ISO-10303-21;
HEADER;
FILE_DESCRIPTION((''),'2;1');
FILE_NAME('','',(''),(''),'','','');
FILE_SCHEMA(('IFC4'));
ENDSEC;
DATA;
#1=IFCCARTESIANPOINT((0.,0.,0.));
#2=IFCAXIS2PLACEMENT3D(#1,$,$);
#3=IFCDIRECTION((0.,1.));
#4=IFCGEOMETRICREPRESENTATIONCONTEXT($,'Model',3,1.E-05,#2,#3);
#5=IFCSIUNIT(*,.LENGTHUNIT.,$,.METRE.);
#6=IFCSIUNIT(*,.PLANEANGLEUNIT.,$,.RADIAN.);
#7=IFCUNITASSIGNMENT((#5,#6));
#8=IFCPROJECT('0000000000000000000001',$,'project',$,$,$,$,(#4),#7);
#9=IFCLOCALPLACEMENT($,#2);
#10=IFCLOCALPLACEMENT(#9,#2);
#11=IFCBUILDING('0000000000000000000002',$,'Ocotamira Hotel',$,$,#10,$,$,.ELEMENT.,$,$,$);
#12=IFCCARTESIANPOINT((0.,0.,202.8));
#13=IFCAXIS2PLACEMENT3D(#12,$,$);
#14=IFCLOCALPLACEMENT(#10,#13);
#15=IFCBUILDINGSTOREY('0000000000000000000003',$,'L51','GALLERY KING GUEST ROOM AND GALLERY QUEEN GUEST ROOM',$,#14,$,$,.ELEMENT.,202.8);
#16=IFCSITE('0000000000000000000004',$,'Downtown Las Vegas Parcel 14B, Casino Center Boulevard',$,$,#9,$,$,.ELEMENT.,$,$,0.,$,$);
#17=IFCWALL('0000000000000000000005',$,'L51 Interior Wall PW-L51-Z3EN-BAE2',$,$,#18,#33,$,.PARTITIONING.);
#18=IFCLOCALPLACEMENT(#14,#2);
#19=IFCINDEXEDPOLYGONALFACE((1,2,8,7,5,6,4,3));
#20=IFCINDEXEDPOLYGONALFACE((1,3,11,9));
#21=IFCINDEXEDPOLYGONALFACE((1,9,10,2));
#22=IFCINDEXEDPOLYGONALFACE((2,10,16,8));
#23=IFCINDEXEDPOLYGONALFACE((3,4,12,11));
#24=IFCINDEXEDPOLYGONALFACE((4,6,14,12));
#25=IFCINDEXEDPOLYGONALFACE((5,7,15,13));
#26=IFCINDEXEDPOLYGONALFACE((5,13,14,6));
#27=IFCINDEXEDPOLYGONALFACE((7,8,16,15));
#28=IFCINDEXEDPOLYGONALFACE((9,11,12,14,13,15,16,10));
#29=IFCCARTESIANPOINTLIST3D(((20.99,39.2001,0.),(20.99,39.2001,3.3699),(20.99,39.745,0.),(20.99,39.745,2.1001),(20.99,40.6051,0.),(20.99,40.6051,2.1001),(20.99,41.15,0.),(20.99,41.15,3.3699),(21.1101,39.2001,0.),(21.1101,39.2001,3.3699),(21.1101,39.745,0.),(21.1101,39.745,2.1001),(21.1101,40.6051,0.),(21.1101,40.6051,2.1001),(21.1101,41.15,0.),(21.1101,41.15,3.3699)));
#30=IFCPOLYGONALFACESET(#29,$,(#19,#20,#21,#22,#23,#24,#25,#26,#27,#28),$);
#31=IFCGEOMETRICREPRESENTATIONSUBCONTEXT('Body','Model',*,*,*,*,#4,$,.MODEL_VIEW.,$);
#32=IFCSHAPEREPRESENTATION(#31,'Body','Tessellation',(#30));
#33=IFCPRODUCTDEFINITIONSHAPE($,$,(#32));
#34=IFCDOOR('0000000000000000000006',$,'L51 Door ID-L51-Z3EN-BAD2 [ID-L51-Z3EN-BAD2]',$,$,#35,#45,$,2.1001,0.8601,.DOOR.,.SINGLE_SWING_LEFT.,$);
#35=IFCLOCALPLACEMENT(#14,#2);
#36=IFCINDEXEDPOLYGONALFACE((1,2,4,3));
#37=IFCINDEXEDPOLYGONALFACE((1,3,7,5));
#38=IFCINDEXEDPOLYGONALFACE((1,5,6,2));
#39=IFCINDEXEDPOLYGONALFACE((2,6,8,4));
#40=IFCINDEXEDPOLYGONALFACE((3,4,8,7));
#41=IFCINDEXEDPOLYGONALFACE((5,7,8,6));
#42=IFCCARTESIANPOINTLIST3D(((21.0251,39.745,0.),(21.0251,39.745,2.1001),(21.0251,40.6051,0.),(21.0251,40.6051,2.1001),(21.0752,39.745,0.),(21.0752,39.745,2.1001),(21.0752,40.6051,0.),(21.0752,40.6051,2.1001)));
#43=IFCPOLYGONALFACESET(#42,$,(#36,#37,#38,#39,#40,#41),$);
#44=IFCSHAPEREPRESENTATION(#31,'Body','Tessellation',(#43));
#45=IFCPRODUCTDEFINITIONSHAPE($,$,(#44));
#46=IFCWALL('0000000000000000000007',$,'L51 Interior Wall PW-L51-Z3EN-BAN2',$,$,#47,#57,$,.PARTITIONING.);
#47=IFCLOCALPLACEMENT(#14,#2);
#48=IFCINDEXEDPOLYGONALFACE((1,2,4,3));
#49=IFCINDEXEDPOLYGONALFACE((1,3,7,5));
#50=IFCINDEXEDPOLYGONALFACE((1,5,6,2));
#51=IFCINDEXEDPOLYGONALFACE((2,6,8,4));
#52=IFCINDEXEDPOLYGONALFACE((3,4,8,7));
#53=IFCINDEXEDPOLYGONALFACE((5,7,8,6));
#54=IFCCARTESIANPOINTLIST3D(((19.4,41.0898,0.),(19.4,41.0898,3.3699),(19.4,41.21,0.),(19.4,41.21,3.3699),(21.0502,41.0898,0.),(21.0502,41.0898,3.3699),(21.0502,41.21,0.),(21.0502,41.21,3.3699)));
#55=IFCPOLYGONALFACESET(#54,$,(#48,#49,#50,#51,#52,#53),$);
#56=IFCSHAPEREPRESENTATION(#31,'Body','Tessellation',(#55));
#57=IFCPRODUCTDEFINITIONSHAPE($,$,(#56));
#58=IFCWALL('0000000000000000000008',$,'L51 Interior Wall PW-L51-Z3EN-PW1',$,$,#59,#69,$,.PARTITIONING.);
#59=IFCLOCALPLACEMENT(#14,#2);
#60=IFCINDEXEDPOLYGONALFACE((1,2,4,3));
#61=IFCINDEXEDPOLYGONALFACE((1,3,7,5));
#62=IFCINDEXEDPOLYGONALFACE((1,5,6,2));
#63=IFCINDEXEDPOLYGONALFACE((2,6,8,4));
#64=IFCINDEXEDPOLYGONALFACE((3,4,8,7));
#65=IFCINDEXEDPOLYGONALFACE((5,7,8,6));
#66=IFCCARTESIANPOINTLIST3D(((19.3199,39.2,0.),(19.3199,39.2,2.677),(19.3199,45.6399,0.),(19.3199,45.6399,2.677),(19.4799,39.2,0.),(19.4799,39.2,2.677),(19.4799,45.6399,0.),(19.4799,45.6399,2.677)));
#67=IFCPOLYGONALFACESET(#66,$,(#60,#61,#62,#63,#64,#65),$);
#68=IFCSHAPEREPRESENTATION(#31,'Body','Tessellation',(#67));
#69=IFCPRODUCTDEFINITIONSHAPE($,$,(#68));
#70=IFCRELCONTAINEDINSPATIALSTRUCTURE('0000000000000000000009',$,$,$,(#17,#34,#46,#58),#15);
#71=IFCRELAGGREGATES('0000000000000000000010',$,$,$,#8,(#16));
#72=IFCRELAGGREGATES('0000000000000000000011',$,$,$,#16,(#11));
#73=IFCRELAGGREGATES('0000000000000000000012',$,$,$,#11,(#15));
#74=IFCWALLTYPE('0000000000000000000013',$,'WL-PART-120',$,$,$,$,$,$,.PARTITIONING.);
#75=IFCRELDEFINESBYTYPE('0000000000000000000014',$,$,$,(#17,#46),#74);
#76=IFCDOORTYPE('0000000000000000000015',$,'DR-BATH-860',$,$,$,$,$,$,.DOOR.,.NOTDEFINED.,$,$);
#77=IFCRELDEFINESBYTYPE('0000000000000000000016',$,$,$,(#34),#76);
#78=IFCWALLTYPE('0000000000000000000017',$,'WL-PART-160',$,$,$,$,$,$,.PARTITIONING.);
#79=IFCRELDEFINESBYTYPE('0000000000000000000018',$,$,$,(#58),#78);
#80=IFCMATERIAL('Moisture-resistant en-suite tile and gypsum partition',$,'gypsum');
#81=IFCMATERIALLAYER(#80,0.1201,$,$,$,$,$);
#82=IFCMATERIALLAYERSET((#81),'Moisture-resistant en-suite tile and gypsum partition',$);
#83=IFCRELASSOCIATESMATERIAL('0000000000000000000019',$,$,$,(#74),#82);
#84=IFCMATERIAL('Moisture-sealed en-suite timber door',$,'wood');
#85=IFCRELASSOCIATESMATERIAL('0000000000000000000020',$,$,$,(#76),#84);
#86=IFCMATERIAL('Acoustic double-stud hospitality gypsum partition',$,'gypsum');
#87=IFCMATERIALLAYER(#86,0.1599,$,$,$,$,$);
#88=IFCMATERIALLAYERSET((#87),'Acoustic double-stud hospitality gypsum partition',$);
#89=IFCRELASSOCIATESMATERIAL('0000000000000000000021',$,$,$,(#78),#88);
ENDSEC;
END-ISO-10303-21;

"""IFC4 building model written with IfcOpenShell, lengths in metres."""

from ifc_helpers import new_model, si_unit, direction, frame, frame_2d, origin, place, context, subcontext, project, spatial, rectangle, extrude, source, transform, mapped, material, layer, layer_set, type_object, element, fill, save


model = new_model("IFC4")

# Units and contexts
model_context = context("Model", 3, precision=1e-05, world=origin(), true_north=direction((0.0, 1.0)))
body_context = subcontext(model_context, "Body", "Model", "MODEL_VIEW")
ifc_project = project(units=[si_unit("LENGTHUNIT", "METRE"), si_unit("PLANEANGLEUNIT", "RADIAN")], contexts=[model_context])

# Site, building, storey
site_placement = place(None, origin())
site = spatial("IfcSite", under=ifc_project, at=site_placement, Name="Downtown Las Vegas Parcel 14B, Casino Center Boulevard", CompositionType="ELEMENT", RefElevation=0.0)
building_placement = place(site_placement, origin())
building = spatial("IfcBuilding", under=site, at=building_placement, Name="Ocotamira Hotel", CompositionType="ELEMENT")
storey_placement = place(building_placement, frame((0.0, 0.0, 202.8)))
storey = spatial("IfcBuildingStorey", under=building, at=storey_placement, Name="L51", Description="GALLERY KING GUEST ROOM AND GALLERY QUEEN GUEST ROOM", CompositionType="ELEMENT", Elevation=202.8)

# Shared definitions
ifc_material_1 = material(Name="Moisture-resistant en-suite tile and gypsum partition", Category="gypsum")
ifc_layer_1 = layer(ifc_material_1, 0.1201)
ifc_layer_set_1 = layer_set([ifc_layer_1], Name="Moisture-resistant en-suite tile and gypsum partition")
wall_type_1 = type_object("IfcWallType", Name="WL-PART-120", PredefinedType="PARTITIONING", material=ifc_layer_set_1)

# Wall, opening, door
wall_1_placement = place(storey_placement, frame((21.05, 39.2, 0.0), z_axis=(0.0, 0.0, 1.0), x_axis=(0.0, 1.0, 0.0)))
wall_1 = element("IfcWall", 1, at=wall_1_placement, inside=storey, type_object=wall_type_1, Name="L51 Interior Wall PW-L51-Z3EN-BAE2", PredefinedType="PARTITIONING", context=body_context, shape_type="SweptSolid", body=[
    extrude(rectangle(XDim=1.95, YDim=0.1201, at=frame_2d((0.9751, 0.0))), origin(), (0.0, 0.0, 1.0), 3.3699),
])
opening_placement = place(wall_1_placement, frame((0.5449, 0.0, 0.0)))
opening = element("IfcOpeningElement", 2, at=opening_placement, cuts=wall_1, PredefinedType="OPENING", context=body_context, shape_type="SweptSolid", body=[
    extrude(rectangle(XDim=0.8601, YDim=2.1001, at=frame_2d((0.4302, 1.05))), frame((0.0, 0.0701, 0.0), z_axis=(0.0, -1.0, 0.0), x_axis=(1.0, 0.0, 0.0)), (0.0, 0.0, 1.0), 0.1401),
])
ifc_material_2 = material(Name="Moisture-sealed en-suite timber door", Category="wood")
door_type = type_object("IfcDoorType", Name="DR-BATH-860", OperationType="NOTDEFINED", PredefinedType="DOOR", material=ifc_material_2)
shared_shape_1 = source(origin(), body_context, "Body", "SweptSolid", [
    extrude(rectangle(XDim=0.8601, YDim=2.1001, at=frame_2d((0.4302, 1.05))), frame((0.0, 0.0249, 0.0), z_axis=(0.0, -1.0, 0.0), x_axis=(1.0, 0.0, 0.0)), (0.0, 0.0, 1.0), 0.05),
])
door_placement = place(opening_placement, origin())
door = element("IfcDoor", 3, at=door_placement, inside=storey, type_object=door_type, Name="L51 Door ID-L51-Z3EN-BAD2 [ID-L51-Z3EN-BAD2]", OperationType="SINGLE_SWING_LEFT", OverallHeight=2.1001, OverallWidth=0.8601, PredefinedType="DOOR", context=body_context, shape_type="MappedRepresentation", body=[
    mapped(shared_shape_1, transform((0.0, 0.0, 0.0), scale=1.0)),
])
fill(opening, door)

# Walls
wall_2_placement = place(storey_placement, frame((19.3999, 41.1499, 0.0), z_axis=(0.0, 0.0, 1.0), x_axis=(1.0, 0.0, 0.0)))
element("IfcWall", 4, at=wall_2_placement, inside=storey, type_object=wall_type_1, Name="L51 Interior Wall PW-L51-Z3EN-BAN2", PredefinedType="PARTITIONING", context=body_context, shape_type="SweptSolid", body=[
    extrude(rectangle(XDim=1.6501, YDim=0.1201, at=frame_2d((0.8252, 0.0))), origin(), (0.0, 0.0, 1.0), 3.3699),
])
ifc_material_3 = material(Name="Acoustic double-stud hospitality gypsum partition", Category="gypsum")
ifc_layer_2 = layer(ifc_material_3, 0.1599)
ifc_layer_set_2 = layer_set([ifc_layer_2], Name="Acoustic double-stud hospitality gypsum partition")
wall_type_2 = type_object("IfcWallType", Name="WL-PART-160", PredefinedType="PARTITIONING", material=ifc_layer_set_2)
wall_3_placement = place(storey_placement, frame((19.3999, 39.2, 0.0), z_axis=(0.0, 0.0, 1.0), x_axis=(0.0, 1.0, 0.0)))
element("IfcWall", 5, at=wall_3_placement, inside=storey, type_object=wall_type_2, Name="L51 Interior Wall PW-L51-Z3EN-PW1", PredefinedType="PARTITIONING", context=body_context, shape_type="SweptSolid", body=[
    extrude(rectangle(XDim=6.4399, YDim=0.1599, at=frame_2d((3.22, 0.0))), origin(), (0.0, 0.0, 1.0), 2.677),
])

save(model, "model.ifc")
